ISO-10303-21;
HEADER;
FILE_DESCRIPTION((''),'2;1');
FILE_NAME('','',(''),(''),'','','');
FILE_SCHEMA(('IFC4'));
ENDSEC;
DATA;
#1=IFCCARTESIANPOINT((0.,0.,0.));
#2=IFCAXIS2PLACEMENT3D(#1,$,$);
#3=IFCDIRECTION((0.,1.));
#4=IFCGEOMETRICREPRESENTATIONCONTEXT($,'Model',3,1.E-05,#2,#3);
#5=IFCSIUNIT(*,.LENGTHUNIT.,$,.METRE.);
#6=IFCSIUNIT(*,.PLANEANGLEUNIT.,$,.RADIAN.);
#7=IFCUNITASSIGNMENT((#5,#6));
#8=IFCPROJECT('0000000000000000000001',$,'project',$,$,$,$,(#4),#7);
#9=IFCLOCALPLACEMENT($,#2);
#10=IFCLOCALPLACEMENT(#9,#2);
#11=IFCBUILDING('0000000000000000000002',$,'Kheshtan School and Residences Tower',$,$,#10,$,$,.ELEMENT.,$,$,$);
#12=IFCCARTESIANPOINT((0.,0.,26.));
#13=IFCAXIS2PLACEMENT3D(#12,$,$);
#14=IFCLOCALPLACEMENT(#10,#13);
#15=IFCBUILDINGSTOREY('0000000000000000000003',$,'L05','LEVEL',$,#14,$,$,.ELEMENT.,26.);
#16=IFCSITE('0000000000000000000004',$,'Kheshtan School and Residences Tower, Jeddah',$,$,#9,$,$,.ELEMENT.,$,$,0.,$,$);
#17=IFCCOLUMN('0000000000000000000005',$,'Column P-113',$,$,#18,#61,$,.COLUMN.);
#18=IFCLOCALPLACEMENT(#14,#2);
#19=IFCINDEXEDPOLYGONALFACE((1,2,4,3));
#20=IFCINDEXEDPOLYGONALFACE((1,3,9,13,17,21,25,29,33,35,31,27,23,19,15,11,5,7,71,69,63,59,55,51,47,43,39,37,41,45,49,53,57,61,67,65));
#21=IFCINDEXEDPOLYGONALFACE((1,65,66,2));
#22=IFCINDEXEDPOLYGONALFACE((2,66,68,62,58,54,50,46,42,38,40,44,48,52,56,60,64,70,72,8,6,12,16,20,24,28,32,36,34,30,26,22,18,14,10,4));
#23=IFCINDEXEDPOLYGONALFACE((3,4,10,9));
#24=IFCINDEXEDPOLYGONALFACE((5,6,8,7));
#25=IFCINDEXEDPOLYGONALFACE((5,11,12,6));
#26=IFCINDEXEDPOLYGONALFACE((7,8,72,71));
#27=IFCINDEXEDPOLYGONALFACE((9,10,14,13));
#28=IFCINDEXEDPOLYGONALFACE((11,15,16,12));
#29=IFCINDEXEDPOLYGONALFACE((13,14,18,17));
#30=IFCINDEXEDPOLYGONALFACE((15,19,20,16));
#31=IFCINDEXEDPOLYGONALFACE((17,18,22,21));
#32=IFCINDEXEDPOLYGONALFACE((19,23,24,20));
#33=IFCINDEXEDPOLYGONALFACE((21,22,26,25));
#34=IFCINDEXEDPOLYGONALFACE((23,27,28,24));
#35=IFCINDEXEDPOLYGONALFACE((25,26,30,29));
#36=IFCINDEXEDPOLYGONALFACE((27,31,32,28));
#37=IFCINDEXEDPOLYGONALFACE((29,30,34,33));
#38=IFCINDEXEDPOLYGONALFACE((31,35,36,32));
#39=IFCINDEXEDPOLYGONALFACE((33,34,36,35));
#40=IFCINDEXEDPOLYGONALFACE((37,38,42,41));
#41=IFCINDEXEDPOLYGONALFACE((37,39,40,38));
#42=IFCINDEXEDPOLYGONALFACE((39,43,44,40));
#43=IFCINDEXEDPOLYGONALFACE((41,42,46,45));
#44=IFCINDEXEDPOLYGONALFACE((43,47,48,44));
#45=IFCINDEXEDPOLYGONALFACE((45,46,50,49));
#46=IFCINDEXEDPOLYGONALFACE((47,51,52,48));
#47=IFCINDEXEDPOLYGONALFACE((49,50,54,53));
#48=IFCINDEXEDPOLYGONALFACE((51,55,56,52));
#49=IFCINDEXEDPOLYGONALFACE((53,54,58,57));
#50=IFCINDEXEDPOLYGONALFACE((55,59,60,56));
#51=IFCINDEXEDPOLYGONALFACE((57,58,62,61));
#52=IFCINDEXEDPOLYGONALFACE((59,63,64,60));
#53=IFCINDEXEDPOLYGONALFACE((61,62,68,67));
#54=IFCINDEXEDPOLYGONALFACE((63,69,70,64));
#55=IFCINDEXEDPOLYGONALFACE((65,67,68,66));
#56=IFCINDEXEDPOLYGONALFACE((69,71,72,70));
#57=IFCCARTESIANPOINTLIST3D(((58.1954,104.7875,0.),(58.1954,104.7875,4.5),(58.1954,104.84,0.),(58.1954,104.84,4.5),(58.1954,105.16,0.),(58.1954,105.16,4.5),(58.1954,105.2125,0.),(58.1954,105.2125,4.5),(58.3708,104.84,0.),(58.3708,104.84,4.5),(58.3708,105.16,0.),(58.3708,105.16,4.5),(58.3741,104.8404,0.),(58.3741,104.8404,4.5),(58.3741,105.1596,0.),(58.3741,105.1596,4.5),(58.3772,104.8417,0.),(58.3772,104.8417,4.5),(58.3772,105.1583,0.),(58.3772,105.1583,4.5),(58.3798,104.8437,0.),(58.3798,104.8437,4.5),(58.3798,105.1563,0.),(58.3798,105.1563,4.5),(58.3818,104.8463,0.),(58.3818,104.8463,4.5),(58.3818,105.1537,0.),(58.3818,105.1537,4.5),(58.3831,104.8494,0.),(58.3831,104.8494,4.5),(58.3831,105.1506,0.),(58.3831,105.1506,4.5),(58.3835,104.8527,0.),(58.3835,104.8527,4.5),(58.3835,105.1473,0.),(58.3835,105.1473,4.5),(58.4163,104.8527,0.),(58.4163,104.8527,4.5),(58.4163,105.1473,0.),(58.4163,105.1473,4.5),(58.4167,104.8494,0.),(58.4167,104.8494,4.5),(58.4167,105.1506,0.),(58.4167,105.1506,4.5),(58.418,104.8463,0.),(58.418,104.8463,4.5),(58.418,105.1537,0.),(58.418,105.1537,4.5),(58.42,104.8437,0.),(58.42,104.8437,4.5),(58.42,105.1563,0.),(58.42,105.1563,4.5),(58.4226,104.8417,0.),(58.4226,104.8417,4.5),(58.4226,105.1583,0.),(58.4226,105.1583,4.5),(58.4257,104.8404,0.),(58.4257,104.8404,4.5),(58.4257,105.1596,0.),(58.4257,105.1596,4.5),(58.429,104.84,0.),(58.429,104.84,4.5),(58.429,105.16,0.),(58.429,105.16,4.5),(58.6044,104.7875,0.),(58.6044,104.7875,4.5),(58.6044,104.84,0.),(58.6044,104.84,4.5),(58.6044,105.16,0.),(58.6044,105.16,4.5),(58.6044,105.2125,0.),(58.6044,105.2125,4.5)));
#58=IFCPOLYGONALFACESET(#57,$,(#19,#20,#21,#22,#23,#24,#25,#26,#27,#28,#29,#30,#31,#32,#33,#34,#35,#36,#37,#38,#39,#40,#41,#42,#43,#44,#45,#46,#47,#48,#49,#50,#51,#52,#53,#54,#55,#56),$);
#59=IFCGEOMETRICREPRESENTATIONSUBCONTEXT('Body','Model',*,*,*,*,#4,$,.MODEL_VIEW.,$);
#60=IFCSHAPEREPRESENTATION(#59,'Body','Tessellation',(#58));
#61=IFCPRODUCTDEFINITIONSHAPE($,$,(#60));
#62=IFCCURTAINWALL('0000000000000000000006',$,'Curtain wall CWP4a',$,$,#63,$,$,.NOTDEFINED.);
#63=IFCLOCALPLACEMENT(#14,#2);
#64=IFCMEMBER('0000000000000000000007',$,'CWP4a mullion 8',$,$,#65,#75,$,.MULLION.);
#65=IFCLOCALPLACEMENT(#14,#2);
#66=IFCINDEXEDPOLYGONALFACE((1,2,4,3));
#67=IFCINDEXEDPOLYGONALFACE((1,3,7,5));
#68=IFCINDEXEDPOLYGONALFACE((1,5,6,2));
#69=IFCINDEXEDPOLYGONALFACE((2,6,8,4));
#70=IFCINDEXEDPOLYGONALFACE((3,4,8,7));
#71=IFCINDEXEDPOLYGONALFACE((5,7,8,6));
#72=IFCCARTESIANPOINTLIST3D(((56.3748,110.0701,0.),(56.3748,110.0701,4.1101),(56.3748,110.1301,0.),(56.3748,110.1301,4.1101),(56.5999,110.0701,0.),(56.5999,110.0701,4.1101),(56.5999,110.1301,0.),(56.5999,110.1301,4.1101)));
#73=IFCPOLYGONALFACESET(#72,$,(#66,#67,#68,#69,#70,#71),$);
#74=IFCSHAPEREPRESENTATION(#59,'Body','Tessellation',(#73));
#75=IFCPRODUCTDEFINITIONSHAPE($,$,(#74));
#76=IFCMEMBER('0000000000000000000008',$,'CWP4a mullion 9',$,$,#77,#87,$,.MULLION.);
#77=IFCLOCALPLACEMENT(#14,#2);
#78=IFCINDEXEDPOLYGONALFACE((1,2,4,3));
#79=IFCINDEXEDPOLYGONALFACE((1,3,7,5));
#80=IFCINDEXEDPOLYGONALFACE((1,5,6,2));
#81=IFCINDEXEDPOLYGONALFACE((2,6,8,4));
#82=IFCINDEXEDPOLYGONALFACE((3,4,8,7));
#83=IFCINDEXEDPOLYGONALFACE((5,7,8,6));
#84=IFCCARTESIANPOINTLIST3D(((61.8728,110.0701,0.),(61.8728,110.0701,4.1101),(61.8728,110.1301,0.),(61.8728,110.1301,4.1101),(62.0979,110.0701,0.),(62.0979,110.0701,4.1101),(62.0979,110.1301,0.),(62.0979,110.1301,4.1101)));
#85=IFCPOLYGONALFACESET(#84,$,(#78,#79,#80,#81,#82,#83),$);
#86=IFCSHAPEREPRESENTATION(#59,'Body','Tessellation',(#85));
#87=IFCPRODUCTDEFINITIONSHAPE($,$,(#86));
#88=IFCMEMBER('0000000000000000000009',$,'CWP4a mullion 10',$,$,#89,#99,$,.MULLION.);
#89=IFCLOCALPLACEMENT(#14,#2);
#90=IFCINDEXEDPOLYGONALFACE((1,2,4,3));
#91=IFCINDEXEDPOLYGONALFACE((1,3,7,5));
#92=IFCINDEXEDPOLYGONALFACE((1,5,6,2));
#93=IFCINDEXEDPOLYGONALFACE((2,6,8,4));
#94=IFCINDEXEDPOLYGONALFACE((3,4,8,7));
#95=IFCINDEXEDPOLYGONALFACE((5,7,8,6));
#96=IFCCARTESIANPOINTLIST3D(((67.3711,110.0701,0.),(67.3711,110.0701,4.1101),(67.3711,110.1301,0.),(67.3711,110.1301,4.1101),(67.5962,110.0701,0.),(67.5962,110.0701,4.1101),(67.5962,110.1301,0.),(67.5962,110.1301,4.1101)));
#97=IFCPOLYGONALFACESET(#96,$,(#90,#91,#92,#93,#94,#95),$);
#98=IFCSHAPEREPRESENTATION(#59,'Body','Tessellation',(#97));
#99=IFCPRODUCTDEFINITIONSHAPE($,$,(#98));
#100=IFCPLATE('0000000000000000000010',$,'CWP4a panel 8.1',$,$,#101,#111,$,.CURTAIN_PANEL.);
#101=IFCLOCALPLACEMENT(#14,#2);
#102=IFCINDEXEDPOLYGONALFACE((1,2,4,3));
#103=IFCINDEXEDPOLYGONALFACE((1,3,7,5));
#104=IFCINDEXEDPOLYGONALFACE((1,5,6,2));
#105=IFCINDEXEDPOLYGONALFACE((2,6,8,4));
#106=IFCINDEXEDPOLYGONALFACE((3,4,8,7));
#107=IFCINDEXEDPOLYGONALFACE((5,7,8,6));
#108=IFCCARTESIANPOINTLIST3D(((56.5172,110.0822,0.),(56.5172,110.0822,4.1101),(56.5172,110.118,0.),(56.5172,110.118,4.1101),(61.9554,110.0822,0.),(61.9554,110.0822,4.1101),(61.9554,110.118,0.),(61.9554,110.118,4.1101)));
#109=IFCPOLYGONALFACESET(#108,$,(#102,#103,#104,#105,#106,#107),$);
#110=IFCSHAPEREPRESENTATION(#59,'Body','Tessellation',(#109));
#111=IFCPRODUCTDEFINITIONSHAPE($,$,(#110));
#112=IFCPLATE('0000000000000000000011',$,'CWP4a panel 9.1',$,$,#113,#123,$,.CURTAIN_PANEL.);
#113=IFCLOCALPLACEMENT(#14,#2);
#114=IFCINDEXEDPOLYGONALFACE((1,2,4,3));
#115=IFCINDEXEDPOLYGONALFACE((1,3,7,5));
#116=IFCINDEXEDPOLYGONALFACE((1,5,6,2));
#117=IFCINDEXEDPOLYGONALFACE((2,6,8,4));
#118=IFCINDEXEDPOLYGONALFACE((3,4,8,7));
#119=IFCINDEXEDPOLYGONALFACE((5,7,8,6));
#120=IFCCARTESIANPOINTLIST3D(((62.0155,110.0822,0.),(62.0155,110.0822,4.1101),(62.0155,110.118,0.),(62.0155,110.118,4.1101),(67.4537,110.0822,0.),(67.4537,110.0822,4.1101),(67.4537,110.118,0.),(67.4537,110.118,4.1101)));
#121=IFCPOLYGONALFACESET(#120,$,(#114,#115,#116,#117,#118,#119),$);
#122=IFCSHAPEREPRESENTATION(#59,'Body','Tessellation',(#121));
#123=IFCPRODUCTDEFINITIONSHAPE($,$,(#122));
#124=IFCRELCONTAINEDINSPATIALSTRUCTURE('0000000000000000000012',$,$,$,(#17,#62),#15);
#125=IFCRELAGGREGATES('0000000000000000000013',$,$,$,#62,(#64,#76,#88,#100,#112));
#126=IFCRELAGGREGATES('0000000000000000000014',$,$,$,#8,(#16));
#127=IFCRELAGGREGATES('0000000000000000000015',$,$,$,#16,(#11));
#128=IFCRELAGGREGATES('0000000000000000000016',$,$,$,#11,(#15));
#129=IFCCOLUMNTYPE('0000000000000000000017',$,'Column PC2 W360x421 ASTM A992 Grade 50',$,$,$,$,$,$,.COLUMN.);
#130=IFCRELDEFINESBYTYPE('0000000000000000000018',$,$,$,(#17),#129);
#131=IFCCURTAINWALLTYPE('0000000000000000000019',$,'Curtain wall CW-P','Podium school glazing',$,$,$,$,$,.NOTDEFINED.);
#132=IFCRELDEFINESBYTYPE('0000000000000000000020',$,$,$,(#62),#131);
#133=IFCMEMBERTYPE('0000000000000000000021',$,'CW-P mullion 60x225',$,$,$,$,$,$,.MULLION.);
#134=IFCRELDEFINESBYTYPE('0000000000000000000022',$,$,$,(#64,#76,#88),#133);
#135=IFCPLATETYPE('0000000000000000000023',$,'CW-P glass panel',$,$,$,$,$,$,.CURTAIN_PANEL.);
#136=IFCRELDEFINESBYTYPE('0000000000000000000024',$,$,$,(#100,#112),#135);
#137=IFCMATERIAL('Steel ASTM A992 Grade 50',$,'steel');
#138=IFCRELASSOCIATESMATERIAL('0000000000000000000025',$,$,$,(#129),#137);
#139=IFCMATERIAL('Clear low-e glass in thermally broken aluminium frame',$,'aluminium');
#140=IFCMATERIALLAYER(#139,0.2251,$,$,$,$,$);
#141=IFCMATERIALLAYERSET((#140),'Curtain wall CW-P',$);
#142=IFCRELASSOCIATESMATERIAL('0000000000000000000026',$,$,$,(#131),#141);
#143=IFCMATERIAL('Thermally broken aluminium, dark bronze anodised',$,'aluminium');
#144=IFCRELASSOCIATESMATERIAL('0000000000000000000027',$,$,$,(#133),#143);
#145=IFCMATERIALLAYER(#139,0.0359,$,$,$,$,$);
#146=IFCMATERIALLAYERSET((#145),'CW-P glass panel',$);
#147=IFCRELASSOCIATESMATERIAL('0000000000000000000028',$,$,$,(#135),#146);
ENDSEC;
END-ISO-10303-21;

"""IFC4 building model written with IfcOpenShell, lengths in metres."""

from ifc_helpers import new_model, si_unit, direction, frame, origin, origin_2d, place, context, subcontext, project, spatial, rectangle, i_section, extrude, material, layer, layer_set, material_profile, profile_set, type_object, element, aggregate, save


model = new_model("IFC4")

# Units and contexts
model_context = context("Model", 3, precision=1e-05, world=origin(), true_north=direction((0.0, 1.0)))
body_context = subcontext(model_context, "Body", "Model", "MODEL_VIEW")
ifc_project = project(units=[si_unit("LENGTHUNIT", "METRE"), si_unit("PLANEANGLEUNIT", "RADIAN")], contexts=[model_context])

# Site, building, storey
site_placement = place(None, origin())
site = spatial("IfcSite", under=ifc_project, at=site_placement, Name="Kheshtan School and Residences Tower, Jeddah", CompositionType="ELEMENT", RefElevation=0.0)
building_placement = place(site_placement, origin())
building = spatial("IfcBuilding", under=site, at=building_placement, Name="Kheshtan School and Residences Tower", CompositionType="ELEMENT")
storey_placement = place(building_placement, frame((0.0, 0.0, 26.0)))
storey = spatial("IfcBuildingStorey", under=building, at=storey_placement, Name="L05", Description="LEVEL", CompositionType="ELEMENT", Elevation=26.0)

# Column
ifc_material_1 = material(Name="Steel ASTM A992 Grade 50", Category="steel")
ifc_material_profile_1 = material_profile(ifc_material_1, i_section(OverallWidth=0.4089, OverallDepth=0.425, WebThickness=0.0327, FlangeThickness=0.0525, FilletRadius=0.0127, at=origin_2d()), Name="W360x421")
ifc_profile_set_1 = profile_set([ifc_material_profile_1], Name="Steel ASTM A992 Grade 50")
column_type = type_object("IfcColumnType", Name="Column PC2 W360x421 ASTM A992 Grade 50", PredefinedType="COLUMN", material=ifc_profile_set_1)
column_placement = place(storey_placement, frame((58.3999, 105.0, 0.0), z_axis=(0.0, 0.0, 1.0), x_axis=(1.0, 0.0, 0.0)))
element("IfcColumn", 1, at=column_placement, inside=storey, type_object=column_type, Name="Column P-113", PredefinedType="COLUMN", context=body_context, shape_type="SweptSolid", body=[
    extrude(i_section(OverallWidth=0.4089, OverallDepth=0.425, WebThickness=0.0327, FlangeThickness=0.0525, FilletRadius=0.0127, at=origin_2d()), origin(), (0.0, 0.0, 1.0), 4.5),
])

# Curtain wall, members, plates
ifc_material_2 = material(Name="Clear low-e glass in thermally broken aluminium frame", Category="aluminium")
ifc_layer_1 = layer(ifc_material_2, 0.2251)
ifc_layer_set_1 = layer_set([ifc_layer_1], Name="Curtain wall CW-P")
curtain_wall_type = type_object("IfcCurtainWallType", Name="Curtain wall CW-P", Description="Podium school glazing", PredefinedType="NOTDEFINED", material=ifc_layer_set_1)
curtain_wall_placement = place(storey_placement, origin())
curtain_wall = element("IfcCurtainWall", 2, at=curtain_wall_placement, inside=storey, type_object=curtain_wall_type, Name="Curtain wall CWP4a", PredefinedType="NOTDEFINED")
ifc_material_3 = material(Name="Thermally broken aluminium, dark bronze anodised", Category="aluminium")
ifc_material_profile_2 = material_profile(ifc_material_3, rectangle(XDim=0.0601, YDim=0.2251, at=origin_2d()), Name="CW-P mullion 60x225")
ifc_profile_set_2 = profile_set([ifc_material_profile_2], Name="Thermally broken aluminium, dark bronze anodised")
member_type = type_object("IfcMemberType", Name="CW-P mullion 60x225", PredefinedType="MULLION", material=ifc_profile_set_2)
member_1_placement = place(storey_placement, frame((56.4873, 110.1001, 0.0), z_axis=(0.0, 0.0, 1.0), x_axis=(0.0, 1.0, 0.0)))
member_1 = element("IfcMember", 3, at=member_1_placement, type_object=member_type, Name="CWP4a mullion 8", PredefinedType="MULLION", context=body_context, shape_type="SweptSolid", body=[
    extrude(rectangle(XDim=0.0601, YDim=0.2251, at=origin_2d()), origin(), (0.0, 0.0, 1.0), 4.1101),
])
member_2_placement = place(storey_placement, frame((61.9854, 110.1001, 0.0), z_axis=(0.0, 0.0, 1.0), x_axis=(0.0, 1.0, 0.0)))
member_2 = element("IfcMember", 4, at=member_2_placement, type_object=member_type, Name="CWP4a mullion 9", PredefinedType="MULLION", context=body_context, shape_type="SweptSolid", body=[
    extrude(rectangle(XDim=0.0601, YDim=0.2251, at=origin_2d()), origin(), (0.0, 0.0, 1.0), 4.1101),
])
member_3_placement = place(storey_placement, frame((67.4836, 110.1001, 0.0), z_axis=(0.0, 0.0, 1.0), x_axis=(0.0, 1.0, 0.0)))
member_3 = element("IfcMember", 5, at=member_3_placement, type_object=member_type, Name="CWP4a mullion 10", PredefinedType="MULLION", context=body_context, shape_type="SweptSolid", body=[
    extrude(rectangle(XDim=0.0601, YDim=0.2251, at=origin_2d()), origin(), (0.0, 0.0, 1.0), 4.1101),
])
ifc_layer_2 = layer(ifc_material_2, 0.0359)
ifc_layer_set_2 = layer_set([ifc_layer_2], Name="CW-P glass panel")
plate_type = type_object("IfcPlateType", Name="CW-P glass panel", PredefinedType="CURTAIN_PANEL", material=ifc_layer_set_2)
plate_1_placement = place(storey_placement, frame((59.2363, 110.1001, 0.0), z_axis=(0.0, 0.0, 1.0), x_axis=(1.0, 0.0, 0.0)))
plate_1 = element("IfcPlate", 6, at=plate_1_placement, type_object=plate_type, Name="CWP4a panel 8.1", PredefinedType="CURTAIN_PANEL", context=body_context, shape_type="SweptSolid", body=[
    extrude(rectangle(XDim=5.4382, YDim=0.0359, at=origin_2d()), origin(), (0.0, 0.0, 1.0), 4.1101),
])
plate_2_placement = place(storey_placement, frame((64.7346, 110.1001, 0.0), z_axis=(0.0, 0.0, 1.0), x_axis=(1.0, 0.0, 0.0)))
plate_2 = element("IfcPlate", 7, at=plate_2_placement, type_object=plate_type, Name="CWP4a panel 9.1", PredefinedType="CURTAIN_PANEL", context=body_context, shape_type="SweptSolid", body=[
    extrude(rectangle(XDim=5.4382, YDim=0.0359, at=origin_2d()), origin(), (0.0, 0.0, 1.0), 4.1101),
])
aggregate(curtain_wall, [member_1, member_2, member_3, plate_1, plate_2])

save(model, "model.ifc")
